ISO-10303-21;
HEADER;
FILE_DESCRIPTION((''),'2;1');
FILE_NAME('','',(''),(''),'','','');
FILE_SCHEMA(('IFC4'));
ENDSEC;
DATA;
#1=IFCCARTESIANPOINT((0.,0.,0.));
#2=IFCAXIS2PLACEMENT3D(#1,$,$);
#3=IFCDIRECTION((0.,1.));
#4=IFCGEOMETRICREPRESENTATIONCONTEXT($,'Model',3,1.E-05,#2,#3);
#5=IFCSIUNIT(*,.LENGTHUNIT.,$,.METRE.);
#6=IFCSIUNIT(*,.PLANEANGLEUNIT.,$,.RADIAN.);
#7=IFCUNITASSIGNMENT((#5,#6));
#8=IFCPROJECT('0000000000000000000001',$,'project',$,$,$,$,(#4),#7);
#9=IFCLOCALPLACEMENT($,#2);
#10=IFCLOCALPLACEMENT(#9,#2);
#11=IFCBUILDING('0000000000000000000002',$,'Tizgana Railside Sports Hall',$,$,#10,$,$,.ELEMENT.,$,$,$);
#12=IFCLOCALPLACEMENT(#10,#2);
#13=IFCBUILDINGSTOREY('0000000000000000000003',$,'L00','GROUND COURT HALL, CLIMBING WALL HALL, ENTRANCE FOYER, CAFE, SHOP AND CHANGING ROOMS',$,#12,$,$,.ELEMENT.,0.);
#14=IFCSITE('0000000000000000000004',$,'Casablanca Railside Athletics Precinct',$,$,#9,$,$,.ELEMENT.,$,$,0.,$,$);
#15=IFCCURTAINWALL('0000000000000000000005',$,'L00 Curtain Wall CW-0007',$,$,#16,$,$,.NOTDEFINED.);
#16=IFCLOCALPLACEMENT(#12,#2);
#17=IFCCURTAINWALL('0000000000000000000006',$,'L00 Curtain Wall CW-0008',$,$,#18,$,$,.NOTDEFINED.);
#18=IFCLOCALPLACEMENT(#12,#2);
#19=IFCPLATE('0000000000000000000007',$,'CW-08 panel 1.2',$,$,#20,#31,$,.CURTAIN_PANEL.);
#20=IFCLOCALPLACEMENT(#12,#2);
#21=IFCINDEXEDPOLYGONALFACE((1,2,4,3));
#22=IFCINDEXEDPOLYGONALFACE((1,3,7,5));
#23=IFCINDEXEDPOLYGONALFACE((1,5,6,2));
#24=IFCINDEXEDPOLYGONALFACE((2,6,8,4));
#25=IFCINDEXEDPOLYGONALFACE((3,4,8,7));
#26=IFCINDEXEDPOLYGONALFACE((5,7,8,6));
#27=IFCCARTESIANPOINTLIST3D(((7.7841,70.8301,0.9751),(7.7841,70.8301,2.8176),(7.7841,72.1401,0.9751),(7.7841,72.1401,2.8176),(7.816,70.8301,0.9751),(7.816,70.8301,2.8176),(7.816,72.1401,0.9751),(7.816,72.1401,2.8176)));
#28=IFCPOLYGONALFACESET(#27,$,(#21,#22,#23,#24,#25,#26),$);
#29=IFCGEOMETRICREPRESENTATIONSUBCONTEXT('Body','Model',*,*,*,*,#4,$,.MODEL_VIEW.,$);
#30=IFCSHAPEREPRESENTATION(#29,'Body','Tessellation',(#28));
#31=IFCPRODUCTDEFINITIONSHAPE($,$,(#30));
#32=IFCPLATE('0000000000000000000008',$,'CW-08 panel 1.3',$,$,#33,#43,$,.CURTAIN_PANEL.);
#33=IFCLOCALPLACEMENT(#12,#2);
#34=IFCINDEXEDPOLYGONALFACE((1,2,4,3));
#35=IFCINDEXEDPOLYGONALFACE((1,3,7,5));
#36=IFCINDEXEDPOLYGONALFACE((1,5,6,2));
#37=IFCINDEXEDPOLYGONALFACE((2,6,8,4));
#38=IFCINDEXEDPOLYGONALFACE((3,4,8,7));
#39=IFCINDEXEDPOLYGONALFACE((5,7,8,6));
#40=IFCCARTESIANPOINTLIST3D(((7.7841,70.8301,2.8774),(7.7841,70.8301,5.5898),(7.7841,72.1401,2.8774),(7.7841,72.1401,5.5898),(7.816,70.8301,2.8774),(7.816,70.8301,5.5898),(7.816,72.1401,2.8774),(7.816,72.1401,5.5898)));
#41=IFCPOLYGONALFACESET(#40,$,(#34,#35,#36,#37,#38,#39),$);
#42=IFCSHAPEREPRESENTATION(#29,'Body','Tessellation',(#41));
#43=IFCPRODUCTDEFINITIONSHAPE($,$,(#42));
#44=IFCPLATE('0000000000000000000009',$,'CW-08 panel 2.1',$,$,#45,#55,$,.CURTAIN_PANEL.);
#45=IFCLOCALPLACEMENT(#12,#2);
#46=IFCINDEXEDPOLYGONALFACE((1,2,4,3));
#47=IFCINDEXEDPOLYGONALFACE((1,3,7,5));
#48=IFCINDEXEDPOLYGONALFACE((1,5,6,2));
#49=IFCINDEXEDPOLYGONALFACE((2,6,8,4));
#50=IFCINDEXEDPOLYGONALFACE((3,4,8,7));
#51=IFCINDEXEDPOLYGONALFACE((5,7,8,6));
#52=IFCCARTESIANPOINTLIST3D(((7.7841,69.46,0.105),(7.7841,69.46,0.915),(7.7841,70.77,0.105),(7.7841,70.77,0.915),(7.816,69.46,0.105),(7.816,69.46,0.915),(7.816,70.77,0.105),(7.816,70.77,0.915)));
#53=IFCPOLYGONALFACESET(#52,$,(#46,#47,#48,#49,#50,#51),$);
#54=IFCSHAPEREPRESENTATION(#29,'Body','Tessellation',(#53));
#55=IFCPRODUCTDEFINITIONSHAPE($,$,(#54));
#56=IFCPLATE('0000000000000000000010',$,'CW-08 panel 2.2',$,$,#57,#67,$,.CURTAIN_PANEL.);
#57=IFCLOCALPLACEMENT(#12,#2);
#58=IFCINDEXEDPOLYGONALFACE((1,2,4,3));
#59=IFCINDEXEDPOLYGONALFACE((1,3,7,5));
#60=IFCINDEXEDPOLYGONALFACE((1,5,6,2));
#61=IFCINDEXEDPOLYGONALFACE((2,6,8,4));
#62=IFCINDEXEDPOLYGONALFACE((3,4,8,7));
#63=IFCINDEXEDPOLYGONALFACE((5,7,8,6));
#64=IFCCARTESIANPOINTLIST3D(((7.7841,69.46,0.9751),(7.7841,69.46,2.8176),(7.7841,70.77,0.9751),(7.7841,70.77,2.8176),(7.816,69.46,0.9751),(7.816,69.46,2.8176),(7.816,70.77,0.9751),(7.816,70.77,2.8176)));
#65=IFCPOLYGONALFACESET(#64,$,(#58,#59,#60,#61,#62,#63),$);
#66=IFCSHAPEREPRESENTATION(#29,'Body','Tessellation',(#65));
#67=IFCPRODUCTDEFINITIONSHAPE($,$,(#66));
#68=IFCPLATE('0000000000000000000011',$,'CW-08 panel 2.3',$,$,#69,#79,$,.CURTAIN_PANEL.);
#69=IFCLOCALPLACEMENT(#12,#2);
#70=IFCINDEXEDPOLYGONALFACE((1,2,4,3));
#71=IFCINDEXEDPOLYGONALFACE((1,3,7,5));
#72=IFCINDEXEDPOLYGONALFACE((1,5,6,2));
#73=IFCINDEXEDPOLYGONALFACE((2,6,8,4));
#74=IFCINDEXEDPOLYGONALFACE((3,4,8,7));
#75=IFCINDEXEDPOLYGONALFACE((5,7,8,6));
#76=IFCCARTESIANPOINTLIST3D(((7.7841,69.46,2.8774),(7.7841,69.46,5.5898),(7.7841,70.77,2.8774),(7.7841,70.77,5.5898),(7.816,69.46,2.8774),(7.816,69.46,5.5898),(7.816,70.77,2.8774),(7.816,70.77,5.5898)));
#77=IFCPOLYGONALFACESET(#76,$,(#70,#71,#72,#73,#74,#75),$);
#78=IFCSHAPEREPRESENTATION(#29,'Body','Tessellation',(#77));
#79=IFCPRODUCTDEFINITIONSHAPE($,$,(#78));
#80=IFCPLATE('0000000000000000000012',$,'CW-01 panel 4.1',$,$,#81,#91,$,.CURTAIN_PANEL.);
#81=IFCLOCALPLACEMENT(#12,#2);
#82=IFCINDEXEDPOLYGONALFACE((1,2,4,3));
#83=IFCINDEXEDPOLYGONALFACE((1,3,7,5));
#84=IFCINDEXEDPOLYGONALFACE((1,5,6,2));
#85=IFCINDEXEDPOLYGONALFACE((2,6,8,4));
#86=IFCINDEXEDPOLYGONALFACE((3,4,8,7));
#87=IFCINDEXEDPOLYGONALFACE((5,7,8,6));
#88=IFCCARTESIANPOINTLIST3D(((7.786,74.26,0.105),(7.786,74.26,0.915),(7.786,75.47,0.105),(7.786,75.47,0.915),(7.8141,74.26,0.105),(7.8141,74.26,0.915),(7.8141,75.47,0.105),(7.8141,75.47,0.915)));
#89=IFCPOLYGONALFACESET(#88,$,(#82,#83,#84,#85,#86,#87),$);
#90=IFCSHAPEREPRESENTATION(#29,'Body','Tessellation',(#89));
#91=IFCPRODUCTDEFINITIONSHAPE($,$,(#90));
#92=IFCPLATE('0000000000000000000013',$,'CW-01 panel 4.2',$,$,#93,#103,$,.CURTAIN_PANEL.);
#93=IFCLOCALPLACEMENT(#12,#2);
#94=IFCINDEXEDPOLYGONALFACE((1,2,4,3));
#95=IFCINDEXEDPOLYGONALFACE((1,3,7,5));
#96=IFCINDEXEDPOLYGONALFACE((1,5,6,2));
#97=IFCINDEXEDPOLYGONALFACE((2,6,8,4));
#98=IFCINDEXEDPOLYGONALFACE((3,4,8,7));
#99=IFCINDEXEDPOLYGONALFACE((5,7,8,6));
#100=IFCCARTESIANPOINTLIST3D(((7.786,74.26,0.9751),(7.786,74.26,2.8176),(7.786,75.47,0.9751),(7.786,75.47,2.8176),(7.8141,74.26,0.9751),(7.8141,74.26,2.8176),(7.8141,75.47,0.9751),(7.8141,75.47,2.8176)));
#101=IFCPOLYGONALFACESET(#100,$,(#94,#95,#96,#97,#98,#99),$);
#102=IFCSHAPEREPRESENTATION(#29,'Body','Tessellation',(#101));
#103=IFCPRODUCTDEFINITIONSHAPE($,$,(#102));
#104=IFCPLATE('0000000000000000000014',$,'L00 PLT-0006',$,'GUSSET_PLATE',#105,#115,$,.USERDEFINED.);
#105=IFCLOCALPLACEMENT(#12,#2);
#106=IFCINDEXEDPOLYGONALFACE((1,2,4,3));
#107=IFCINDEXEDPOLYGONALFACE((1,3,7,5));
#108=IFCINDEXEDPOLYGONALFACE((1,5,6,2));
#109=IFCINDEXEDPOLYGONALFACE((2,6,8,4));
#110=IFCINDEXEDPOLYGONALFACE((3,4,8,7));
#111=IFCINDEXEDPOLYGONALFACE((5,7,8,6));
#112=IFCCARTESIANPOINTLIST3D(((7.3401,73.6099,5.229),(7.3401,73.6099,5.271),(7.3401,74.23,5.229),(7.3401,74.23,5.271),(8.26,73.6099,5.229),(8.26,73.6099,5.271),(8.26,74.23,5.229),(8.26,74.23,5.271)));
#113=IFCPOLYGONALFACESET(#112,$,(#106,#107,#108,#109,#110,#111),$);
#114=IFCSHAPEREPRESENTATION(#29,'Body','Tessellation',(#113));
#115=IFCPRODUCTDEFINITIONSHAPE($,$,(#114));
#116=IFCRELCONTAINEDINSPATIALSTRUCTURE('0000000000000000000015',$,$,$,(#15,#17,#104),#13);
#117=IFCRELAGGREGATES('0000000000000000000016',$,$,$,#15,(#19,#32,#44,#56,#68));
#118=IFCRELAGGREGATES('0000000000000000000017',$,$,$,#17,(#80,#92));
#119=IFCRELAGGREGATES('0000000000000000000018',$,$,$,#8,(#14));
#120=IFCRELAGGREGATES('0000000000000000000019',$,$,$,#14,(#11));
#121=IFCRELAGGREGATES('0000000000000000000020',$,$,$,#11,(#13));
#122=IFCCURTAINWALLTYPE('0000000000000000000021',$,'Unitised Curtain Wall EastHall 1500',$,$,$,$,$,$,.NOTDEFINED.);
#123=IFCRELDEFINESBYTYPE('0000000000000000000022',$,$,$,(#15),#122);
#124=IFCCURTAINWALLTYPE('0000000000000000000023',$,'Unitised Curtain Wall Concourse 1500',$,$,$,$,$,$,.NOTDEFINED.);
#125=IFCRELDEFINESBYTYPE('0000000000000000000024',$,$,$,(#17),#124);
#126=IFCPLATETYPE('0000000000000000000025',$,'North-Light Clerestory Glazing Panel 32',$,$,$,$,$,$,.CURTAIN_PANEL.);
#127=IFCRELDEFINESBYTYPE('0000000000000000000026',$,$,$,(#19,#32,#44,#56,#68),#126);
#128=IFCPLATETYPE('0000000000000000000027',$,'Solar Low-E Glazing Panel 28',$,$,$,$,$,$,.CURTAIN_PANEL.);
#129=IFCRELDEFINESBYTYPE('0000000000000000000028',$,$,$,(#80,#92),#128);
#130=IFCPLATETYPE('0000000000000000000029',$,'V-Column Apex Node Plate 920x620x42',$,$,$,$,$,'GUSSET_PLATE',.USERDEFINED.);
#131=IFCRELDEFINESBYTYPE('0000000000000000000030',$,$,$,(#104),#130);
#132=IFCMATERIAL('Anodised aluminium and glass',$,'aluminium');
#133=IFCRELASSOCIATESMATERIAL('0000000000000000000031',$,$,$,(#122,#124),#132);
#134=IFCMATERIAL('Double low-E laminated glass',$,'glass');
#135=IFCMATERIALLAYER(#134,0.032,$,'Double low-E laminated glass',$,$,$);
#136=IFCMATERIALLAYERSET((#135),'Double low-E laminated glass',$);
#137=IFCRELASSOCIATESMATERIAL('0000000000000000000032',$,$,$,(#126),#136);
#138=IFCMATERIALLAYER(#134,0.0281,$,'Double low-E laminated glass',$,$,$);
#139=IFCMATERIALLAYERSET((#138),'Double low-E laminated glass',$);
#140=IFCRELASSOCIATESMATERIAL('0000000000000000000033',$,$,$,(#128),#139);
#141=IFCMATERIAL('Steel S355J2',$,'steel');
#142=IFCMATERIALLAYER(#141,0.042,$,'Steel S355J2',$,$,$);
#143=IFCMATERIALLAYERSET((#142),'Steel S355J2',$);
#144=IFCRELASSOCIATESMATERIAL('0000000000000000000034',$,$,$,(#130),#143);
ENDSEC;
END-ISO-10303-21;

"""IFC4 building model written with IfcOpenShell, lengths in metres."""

from ifc_helpers import new_model, si_unit, direction, frame, origin, origin_2d, place, context, subcontext, project, spatial, rectangle, extrude, material, layer, layer_set, type_object, element, aggregate, save


model = new_model("IFC4")

# Units and contexts
model_context = context("Model", 3, precision=1e-05, world=origin(), true_north=direction((0.0, 1.0)))
body_context = subcontext(model_context, "Body", "Model", "MODEL_VIEW")
ifc_project = project(units=[si_unit("LENGTHUNIT", "METRE"), si_unit("PLANEANGLEUNIT", "RADIAN")], contexts=[model_context])

# Site, building, storey
site_placement = place(None, origin())
site = spatial("IfcSite", under=ifc_project, at=site_placement, Name="Casablanca Railside Athletics Precinct", CompositionType="ELEMENT", RefElevation=0.0)
building_placement = place(site_placement, origin())
building = spatial("IfcBuilding", under=site, at=building_placement, Name="Tizgana Railside Sports Hall", CompositionType="ELEMENT")
storey_placement = place(building_placement, origin())
storey = spatial("IfcBuildingStorey", under=building, at=storey_placement, Name="L00", Description="GROUND COURT HALL, CLIMBING WALL HALL, ENTRANCE FOYER, CAFE, SHOP AND CHANGING ROOMS", CompositionType="ELEMENT", Elevation=0.0)

# Shared definitions
ifc_material_1 = material(Name="Steel S355J2", Category="steel")

# Shared definitions
ifc_material_2 = material(Name="Anodised aluminium and glass", Category="aluminium")

# Curtain wall
curtain_wall_type_1 = type_object("IfcCurtainWallType", Name="Unitised Curtain Wall EastHall 1500", PredefinedType="NOTDEFINED", material=ifc_material_2)
curtain_wall_1_placement = place(storey_placement, origin())
curtain_wall_1 = element("IfcCurtainWall", 1, at=curtain_wall_1_placement, inside=storey, type_object=curtain_wall_type_1, Name="L00 Curtain Wall CW-0007", PredefinedType="NOTDEFINED")

# Curtain wall
curtain_wall_type_2 = type_object("IfcCurtainWallType", Name="Unitised Curtain Wall Concourse 1500", PredefinedType="NOTDEFINED", material=ifc_material_2)
curtain_wall_2_placement = place(storey_placement, origin())
curtain_wall_2 = element("IfcCurtainWall", 2, at=curtain_wall_2_placement, inside=storey, type_object=curtain_wall_type_2, Name="L00 Curtain Wall CW-0008", PredefinedType="NOTDEFINED")

# Plates
ifc_material_3 = material(Name="Double low-E laminated glass", Category="glass")
ifc_layer_1 = layer(ifc_material_3, 0.032, Name="Double low-E laminated glass")
ifc_layer_set_1 = layer_set([ifc_layer_1], Name="Double low-E laminated glass")
plate_type_1 = type_object("IfcPlateType", Name="North-Light Clerestory Glazing Panel 32", PredefinedType="CURTAIN_PANEL", material=ifc_layer_set_1)
plate_1_placement = place(storey_placement, frame((7.8, 71.4851, 0.9751), z_axis=(0.0, 0.0, 1.0), x_axis=(0.0, -1.0, 0.0)))
plate_1 = element("IfcPlate", 3, at=plate_1_placement, type_object=plate_type_1, Name="CW-08 panel 1.2", PredefinedType="CURTAIN_PANEL", context=body_context, shape_type="SweptSolid", body=[
    extrude(rectangle(XDim=1.3101, YDim=0.032, at=origin_2d()), origin(), (0.0, 0.0, 1.0), 1.8425),
])
plate_2_placement = place(storey_placement, frame((7.8, 71.4851, 2.8774), z_axis=(0.0, 0.0, 1.0), x_axis=(0.0, -1.0, 0.0)))
plate_2 = element("IfcPlate", 4, at=plate_2_placement, type_object=plate_type_1, Name="CW-08 panel 1.3", PredefinedType="CURTAIN_PANEL", context=body_context, shape_type="SweptSolid", body=[
    extrude(rectangle(XDim=1.3101, YDim=0.032, at=origin_2d()), origin(), (0.0, 0.0, 1.0), 2.7124),
])
plate_3_placement = place(storey_placement, frame((7.8, 70.115, 0.105), z_axis=(0.0, 0.0, 1.0), x_axis=(0.0, -1.0, 0.0)))
plate_3 = element("IfcPlate", 5, at=plate_3_placement, type_object=plate_type_1, Name="CW-08 panel 2.1", PredefinedType="CURTAIN_PANEL", context=body_context, shape_type="SweptSolid", body=[
    extrude(rectangle(XDim=1.3101, YDim=0.032, at=origin_2d()), origin(), (0.0, 0.0, 1.0), 0.8101),
])
plate_4_placement = place(storey_placement, frame((7.8, 70.115, 0.9751), z_axis=(0.0, 0.0, 1.0), x_axis=(0.0, -1.0, 0.0)))
plate_4 = element("IfcPlate", 6, at=plate_4_placement, type_object=plate_type_1, Name="CW-08 panel 2.2", PredefinedType="CURTAIN_PANEL", context=body_context, shape_type="SweptSolid", body=[
    extrude(rectangle(XDim=1.3101, YDim=0.032, at=origin_2d()), origin(), (0.0, 0.0, 1.0), 1.8425),
])
plate_5_placement = place(storey_placement, frame((7.8, 70.115, 2.8774), z_axis=(0.0, 0.0, 1.0), x_axis=(0.0, -1.0, 0.0)))
plate_5 = element("IfcPlate", 7, at=plate_5_placement, type_object=plate_type_1, Name="CW-08 panel 2.3", PredefinedType="CURTAIN_PANEL", context=body_context, shape_type="SweptSolid", body=[
    extrude(rectangle(XDim=1.3101, YDim=0.032, at=origin_2d()), origin(), (0.0, 0.0, 1.0), 2.7124),
])
aggregate(curtain_wall_1, [plate_1, plate_2, plate_3, plate_4, plate_5])
ifc_layer_2 = layer(ifc_material_3, 0.0281, Name="Double low-E laminated glass")
ifc_layer_set_2 = layer_set([ifc_layer_2], Name="Double low-E laminated glass")
plate_type_2 = type_object("IfcPlateType", Name="Solar Low-E Glazing Panel 28", PredefinedType="CURTAIN_PANEL", material=ifc_layer_set_2)
plate_6_placement = place(storey_placement, frame((7.8, 74.865, 0.105), z_axis=(0.0, 0.0, 1.0), x_axis=(0.0, -1.0, 0.0)))
plate_6 = element("IfcPlate", 8, at=plate_6_placement, type_object=plate_type_2, Name="CW-01 panel 4.1", PredefinedType="CURTAIN_PANEL", context=body_context, shape_type="SweptSolid", body=[
    extrude(rectangle(XDim=1.21, YDim=0.0281, at=origin_2d()), origin(), (0.0, 0.0, 1.0), 0.8101),
])
plate_7_placement = place(storey_placement, frame((7.8, 74.865, 0.9751), z_axis=(0.0, 0.0, 1.0), x_axis=(0.0, -1.0, 0.0)))
plate_7 = element("IfcPlate", 9, at=plate_7_placement, type_object=plate_type_2, Name="CW-01 panel 4.2", PredefinedType="CURTAIN_PANEL", context=body_context, shape_type="SweptSolid", body=[
    extrude(rectangle(XDim=1.21, YDim=0.0281, at=origin_2d()), origin(), (0.0, 0.0, 1.0), 1.8425),
])
aggregate(curtain_wall_2, [plate_6, plate_7])
ifc_layer_3 = layer(ifc_material_1, 0.042, Name="Steel S355J2")
ifc_layer_set_3 = layer_set([ifc_layer_3], Name="Steel S355J2")
plate_type_3 = type_object("IfcPlateType", Name="V-Column Apex Node Plate 920x620x42", ElementType="GUSSET_PLATE", PredefinedType="USERDEFINED", material=ifc_layer_set_3)
plate_8_placement = place(storey_placement, frame((7.8, 73.9199, 5.229), z_axis=(0.0, 0.0, 1.0), x_axis=(1.0, 0.0, 0.0)))
element("IfcPlate", 10, at=plate_8_placement, inside=storey, type_object=plate_type_3, Name="L00 PLT-0006", ObjectType="GUSSET_PLATE", PredefinedType="USERDEFINED", context=body_context, shape_type="SweptSolid", body=[
    extrude(rectangle(XDim=0.9199, YDim=0.6201, at=origin_2d()), origin(), (0.0, 0.0, 1.0), 0.042),
])

save(model, "model.ifc")
